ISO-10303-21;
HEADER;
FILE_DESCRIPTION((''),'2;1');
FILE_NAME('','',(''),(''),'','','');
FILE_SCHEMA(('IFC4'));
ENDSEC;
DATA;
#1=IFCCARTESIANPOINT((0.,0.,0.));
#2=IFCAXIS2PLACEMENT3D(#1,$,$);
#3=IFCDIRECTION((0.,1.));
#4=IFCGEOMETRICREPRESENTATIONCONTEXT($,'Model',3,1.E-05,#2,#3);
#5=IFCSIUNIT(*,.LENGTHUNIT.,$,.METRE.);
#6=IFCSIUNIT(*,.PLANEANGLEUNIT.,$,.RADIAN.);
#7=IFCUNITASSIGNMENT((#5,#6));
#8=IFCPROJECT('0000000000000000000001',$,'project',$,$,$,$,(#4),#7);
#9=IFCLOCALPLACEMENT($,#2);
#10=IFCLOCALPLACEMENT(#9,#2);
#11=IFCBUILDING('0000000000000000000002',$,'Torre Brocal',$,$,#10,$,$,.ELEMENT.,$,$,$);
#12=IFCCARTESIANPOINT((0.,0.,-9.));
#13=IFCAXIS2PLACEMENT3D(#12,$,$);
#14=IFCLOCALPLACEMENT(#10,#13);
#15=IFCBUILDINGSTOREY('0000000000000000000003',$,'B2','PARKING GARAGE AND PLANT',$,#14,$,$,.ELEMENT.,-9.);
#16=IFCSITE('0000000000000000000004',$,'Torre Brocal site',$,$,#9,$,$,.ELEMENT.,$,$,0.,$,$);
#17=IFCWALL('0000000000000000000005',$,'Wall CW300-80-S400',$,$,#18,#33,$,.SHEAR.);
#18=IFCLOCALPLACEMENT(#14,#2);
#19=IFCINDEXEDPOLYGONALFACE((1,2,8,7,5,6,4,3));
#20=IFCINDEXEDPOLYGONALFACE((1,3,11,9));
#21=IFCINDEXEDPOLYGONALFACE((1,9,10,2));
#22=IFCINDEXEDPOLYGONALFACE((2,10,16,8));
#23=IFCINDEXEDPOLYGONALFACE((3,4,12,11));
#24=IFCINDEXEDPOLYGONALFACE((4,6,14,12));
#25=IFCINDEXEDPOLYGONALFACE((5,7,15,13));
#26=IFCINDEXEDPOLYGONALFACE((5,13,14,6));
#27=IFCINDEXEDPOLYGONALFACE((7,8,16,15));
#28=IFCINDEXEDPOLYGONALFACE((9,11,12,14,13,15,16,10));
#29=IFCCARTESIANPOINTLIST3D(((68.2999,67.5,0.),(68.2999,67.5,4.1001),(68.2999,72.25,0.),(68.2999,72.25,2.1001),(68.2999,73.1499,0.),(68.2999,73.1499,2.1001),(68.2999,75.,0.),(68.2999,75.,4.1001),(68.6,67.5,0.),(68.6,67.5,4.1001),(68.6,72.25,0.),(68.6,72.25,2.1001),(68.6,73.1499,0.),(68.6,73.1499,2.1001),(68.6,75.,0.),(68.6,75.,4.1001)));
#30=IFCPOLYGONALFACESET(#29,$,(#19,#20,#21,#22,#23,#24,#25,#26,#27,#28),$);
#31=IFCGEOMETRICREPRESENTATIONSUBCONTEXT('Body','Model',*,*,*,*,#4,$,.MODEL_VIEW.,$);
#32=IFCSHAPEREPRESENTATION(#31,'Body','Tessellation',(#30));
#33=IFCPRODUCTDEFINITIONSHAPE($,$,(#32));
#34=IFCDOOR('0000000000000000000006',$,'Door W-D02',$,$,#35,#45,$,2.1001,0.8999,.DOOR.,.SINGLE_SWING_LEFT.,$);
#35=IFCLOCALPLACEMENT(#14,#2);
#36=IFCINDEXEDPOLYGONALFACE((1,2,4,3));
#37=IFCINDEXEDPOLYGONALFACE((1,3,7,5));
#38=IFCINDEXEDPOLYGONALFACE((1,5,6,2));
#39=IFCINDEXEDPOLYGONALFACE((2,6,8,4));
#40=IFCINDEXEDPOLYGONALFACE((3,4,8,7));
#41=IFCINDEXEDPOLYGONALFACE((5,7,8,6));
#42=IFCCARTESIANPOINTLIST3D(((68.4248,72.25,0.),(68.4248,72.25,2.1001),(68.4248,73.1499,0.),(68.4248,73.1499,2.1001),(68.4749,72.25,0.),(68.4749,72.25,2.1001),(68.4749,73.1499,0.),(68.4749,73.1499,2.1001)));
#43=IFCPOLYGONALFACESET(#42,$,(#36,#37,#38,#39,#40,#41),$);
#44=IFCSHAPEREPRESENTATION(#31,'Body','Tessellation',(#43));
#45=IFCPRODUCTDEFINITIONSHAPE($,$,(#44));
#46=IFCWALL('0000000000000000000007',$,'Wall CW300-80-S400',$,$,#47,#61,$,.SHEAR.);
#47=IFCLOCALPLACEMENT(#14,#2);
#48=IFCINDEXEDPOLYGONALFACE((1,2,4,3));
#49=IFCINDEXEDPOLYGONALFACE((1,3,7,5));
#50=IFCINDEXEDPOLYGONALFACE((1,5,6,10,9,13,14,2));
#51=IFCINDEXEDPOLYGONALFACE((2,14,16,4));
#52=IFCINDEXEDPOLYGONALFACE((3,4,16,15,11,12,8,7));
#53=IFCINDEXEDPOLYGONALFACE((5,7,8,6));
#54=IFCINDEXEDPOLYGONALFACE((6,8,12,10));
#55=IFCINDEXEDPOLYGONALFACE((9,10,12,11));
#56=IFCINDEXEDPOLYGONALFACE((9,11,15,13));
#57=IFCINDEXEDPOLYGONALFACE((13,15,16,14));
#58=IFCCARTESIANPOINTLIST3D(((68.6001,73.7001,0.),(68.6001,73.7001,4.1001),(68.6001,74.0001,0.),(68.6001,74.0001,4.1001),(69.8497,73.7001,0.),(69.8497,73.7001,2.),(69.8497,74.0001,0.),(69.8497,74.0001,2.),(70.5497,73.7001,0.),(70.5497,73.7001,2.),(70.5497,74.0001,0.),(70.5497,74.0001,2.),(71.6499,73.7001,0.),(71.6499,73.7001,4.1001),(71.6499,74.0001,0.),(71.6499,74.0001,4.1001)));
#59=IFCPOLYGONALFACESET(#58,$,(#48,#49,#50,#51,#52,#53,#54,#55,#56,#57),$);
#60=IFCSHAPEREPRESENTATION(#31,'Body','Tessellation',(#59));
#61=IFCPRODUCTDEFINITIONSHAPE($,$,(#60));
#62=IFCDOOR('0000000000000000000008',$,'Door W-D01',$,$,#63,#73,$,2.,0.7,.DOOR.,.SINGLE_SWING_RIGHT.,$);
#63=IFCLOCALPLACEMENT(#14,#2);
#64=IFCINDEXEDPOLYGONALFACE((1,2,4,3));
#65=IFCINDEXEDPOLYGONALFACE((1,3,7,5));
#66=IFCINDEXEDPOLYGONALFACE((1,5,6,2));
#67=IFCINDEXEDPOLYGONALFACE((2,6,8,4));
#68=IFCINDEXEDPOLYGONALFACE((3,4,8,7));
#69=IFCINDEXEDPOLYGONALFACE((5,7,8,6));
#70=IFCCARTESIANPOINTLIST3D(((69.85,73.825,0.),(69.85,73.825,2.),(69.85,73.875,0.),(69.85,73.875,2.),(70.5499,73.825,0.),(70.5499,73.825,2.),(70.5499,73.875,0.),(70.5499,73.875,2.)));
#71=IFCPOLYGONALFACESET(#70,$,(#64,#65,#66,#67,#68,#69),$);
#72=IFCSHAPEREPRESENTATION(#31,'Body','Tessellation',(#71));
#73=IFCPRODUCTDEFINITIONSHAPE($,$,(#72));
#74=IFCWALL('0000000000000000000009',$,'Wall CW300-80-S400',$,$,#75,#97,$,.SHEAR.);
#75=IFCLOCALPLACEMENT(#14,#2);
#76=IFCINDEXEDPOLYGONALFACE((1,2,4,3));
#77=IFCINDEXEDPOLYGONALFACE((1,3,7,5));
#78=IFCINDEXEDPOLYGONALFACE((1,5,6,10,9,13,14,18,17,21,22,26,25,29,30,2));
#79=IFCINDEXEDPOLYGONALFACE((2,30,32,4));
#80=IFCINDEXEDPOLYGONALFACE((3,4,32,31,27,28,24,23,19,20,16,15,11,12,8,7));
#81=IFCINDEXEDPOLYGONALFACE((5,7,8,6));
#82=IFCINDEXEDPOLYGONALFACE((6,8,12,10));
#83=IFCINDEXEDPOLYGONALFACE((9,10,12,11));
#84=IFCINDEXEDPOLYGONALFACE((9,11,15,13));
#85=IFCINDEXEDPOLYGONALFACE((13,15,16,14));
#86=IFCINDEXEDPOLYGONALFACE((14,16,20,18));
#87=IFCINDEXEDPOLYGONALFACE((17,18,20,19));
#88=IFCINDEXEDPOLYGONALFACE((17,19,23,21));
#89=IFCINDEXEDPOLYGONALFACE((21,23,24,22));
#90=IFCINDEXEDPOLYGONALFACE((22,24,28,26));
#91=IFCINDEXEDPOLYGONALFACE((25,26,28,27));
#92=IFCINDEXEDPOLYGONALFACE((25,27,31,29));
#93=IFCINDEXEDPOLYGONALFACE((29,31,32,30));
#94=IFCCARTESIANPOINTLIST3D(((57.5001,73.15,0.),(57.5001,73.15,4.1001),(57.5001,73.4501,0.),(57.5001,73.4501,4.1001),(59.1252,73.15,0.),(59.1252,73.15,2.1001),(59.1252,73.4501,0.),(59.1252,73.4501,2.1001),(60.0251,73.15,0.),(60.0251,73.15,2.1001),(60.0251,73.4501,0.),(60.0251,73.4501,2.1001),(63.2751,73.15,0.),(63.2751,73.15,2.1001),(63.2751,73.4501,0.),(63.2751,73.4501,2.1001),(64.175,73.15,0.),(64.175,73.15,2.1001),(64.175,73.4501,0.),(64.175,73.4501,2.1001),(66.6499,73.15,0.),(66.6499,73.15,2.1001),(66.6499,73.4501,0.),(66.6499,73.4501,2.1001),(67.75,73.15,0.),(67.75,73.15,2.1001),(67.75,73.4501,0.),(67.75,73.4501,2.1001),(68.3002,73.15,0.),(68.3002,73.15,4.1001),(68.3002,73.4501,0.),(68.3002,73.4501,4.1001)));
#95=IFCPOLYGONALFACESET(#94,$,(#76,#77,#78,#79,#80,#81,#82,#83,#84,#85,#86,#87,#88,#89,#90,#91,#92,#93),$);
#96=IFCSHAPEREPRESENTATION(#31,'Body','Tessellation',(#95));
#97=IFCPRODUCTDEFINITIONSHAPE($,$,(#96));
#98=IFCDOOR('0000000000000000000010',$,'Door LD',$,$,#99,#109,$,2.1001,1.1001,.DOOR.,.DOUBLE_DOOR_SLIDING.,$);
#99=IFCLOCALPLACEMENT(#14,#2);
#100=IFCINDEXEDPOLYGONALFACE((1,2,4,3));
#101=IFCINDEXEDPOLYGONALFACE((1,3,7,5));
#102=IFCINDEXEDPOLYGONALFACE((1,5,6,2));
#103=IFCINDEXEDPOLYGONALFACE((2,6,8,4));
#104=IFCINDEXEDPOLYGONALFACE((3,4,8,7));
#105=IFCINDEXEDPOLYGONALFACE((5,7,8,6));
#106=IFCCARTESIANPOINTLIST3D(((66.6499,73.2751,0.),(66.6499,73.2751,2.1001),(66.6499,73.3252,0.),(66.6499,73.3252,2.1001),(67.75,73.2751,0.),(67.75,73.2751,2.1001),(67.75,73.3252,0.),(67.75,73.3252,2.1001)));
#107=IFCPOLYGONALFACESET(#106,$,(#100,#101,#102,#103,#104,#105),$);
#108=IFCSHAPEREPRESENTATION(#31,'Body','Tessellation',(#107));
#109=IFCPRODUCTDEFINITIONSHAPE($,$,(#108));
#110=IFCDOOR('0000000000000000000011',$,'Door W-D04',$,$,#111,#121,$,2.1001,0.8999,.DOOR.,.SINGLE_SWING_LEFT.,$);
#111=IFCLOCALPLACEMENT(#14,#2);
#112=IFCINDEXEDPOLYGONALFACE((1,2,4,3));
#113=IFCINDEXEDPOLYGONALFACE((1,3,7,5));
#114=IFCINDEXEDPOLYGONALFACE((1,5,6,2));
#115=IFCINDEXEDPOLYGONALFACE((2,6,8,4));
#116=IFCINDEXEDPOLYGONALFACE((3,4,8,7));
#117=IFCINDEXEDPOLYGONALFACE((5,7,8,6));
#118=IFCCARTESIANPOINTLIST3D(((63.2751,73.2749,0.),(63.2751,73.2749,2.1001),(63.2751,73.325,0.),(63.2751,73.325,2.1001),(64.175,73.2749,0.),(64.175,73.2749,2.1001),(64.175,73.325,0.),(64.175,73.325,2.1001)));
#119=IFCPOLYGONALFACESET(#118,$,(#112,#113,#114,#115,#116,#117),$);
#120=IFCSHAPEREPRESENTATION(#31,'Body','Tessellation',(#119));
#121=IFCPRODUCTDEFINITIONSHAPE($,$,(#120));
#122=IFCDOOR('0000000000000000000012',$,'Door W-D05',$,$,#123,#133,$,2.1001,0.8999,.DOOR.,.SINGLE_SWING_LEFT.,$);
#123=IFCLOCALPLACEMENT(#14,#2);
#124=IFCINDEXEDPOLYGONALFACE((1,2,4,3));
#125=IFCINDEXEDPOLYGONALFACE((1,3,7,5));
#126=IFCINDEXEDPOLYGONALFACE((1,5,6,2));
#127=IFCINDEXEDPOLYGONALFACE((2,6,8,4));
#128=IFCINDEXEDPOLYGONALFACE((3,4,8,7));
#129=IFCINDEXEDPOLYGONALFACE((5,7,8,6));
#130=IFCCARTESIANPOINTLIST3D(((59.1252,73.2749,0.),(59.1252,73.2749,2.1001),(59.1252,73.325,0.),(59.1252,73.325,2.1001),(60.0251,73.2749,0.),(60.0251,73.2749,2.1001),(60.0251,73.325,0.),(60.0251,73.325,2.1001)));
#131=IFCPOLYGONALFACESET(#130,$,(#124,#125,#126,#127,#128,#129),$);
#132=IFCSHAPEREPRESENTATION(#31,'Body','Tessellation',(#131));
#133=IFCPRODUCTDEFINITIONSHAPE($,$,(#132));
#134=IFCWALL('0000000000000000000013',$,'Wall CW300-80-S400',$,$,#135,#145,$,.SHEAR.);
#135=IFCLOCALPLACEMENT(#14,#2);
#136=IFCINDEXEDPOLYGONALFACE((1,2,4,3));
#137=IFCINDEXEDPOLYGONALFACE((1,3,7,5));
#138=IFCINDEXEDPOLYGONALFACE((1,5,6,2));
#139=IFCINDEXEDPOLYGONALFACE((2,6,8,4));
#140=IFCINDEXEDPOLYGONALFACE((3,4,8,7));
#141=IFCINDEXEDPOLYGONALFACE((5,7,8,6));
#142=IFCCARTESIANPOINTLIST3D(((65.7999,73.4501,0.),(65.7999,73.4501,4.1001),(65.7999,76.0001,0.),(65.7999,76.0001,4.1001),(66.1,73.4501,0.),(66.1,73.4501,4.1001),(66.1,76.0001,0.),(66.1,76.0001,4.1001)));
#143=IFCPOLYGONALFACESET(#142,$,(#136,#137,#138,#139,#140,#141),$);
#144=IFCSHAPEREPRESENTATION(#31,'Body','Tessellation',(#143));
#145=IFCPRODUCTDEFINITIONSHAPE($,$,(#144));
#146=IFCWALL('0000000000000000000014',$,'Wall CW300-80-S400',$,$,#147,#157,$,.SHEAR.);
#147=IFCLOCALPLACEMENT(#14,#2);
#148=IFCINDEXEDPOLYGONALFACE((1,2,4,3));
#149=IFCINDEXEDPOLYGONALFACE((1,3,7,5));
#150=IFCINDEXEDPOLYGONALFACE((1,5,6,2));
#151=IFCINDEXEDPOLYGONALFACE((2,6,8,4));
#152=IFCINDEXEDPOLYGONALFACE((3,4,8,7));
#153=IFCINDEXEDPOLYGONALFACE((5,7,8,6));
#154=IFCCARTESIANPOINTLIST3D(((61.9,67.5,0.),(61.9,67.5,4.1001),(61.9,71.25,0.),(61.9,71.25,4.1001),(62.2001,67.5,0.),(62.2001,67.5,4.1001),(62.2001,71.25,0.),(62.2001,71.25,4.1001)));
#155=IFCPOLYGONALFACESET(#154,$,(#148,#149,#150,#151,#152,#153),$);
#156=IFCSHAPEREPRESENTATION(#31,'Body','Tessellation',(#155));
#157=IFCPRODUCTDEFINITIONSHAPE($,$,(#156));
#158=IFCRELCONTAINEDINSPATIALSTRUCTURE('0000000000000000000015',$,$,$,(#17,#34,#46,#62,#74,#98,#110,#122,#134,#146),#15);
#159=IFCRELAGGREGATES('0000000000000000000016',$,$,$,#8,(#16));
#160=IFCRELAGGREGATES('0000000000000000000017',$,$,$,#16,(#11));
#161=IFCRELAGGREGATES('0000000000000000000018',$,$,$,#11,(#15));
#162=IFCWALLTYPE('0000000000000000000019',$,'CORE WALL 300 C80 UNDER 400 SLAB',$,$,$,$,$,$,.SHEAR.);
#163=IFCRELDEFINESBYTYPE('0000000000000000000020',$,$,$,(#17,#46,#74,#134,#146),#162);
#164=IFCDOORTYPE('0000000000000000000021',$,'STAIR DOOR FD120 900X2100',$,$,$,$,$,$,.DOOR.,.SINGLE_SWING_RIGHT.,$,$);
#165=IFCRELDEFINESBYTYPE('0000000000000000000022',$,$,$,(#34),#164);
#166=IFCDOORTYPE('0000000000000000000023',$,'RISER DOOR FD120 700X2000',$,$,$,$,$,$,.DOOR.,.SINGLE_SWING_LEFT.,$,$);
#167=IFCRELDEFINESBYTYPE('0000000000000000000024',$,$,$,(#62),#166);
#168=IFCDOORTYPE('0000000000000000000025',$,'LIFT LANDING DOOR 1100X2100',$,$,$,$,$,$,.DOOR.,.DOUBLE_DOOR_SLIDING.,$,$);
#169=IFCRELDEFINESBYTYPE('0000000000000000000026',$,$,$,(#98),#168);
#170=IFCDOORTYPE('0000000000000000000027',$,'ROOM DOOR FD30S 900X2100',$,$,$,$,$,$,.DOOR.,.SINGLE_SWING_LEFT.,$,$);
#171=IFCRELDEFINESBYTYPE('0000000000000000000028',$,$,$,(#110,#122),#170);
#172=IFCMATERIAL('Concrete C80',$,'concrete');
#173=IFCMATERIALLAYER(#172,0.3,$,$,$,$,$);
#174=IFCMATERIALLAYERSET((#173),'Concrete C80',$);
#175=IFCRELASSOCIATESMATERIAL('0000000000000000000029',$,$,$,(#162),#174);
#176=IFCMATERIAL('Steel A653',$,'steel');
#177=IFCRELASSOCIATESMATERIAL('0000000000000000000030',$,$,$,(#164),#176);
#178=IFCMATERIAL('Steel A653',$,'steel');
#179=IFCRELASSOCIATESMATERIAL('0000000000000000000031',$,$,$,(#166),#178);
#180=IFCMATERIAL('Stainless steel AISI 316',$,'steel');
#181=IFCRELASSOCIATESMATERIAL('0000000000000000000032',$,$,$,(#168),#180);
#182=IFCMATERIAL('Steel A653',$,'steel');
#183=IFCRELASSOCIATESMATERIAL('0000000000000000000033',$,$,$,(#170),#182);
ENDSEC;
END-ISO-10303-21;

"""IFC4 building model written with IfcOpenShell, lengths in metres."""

from ifc_helpers import new_model, si_unit, direction, frame, frame_2d, origin, place, context, subcontext, project, spatial, rectangle, extrude, material, layer, layer_set, type_object, element, fill, save


model = new_model("IFC4")

# Units and contexts
model_context = context("Model", 3, precision=1e-05, world=origin(), true_north=direction((0.0, 1.0)))
body_context = subcontext(model_context, "Body", "Model", "MODEL_VIEW")
ifc_project = project(units=[si_unit("LENGTHUNIT", "METRE"), si_unit("PLANEANGLEUNIT", "RADIAN")], contexts=[model_context])

# Site, building, storey
site_placement = place(None, origin())
site = spatial("IfcSite", under=ifc_project, at=site_placement, Name="Torre Brocal site", CompositionType="ELEMENT", RefElevation=0.0)
building_placement = place(site_placement, origin())
building = spatial("IfcBuilding", under=site, at=building_placement, Name="Torre Brocal", CompositionType="ELEMENT")
storey_placement = place(building_placement, frame((0.0, 0.0, -9.0)))
storey = spatial("IfcBuildingStorey", under=building, at=storey_placement, Name="B2", Description="PARKING GARAGE AND PLANT", CompositionType="ELEMENT", Elevation=-9.0)

# Walls, openings, doors
ifc_material_1 = material(Name="Concrete C80", Category="concrete")
ifc_layer_1 = layer(ifc_material_1, 0.3)
ifc_layer_set_1 = layer_set([ifc_layer_1], Name="Concrete C80")
wall_type_1 = type_object("IfcWallType", Name="CORE WALL 300 C80 UNDER 400 SLAB", PredefinedType="SHEAR", material=ifc_layer_set_1)
wall_1_placement = place(storey_placement, frame((68.45, 75.0, 0.0), z_axis=(0.0, 0.0, 1.0), x_axis=(0.0, -1.0, 0.0)))
wall_1 = element("IfcWall", 1, at=wall_1_placement, inside=storey, type_object=wall_type_1, Name="Wall CW300-80-S400", PredefinedType="SHEAR", context=body_context, shape_type="SweptSolid", body=[
    extrude(rectangle(XDim=7.5, YDim=0.3, at=frame_2d((3.75, 0.0))), origin(), (0.0, 0.0, 1.0), 4.1001),
])
opening_1_placement = place(wall_1_placement, frame((1.8501, 0.0, 0.0)))
opening_1 = element("IfcOpeningElement", 2, at=opening_1_placement, cuts=wall_1, PredefinedType="OPENING", context=body_context, shape_type="SweptSolid", body=[
    extrude(rectangle(XDim=0.8999, YDim=2.1001, at=frame_2d((0.45, 1.05))), frame((0.0, 0.1599, 0.0), z_axis=(0.0, -1.0, 0.0), x_axis=(1.0, 0.0, 0.0)), (0.0, 0.0, 1.0), 0.3201),
])
ifc_material_2 = material(Name="Steel A653", Category="steel")
door_type_1 = type_object("IfcDoorType", Name="STAIR DOOR FD120 900X2100", OperationType="SINGLE_SWING_RIGHT", PredefinedType="DOOR", material=ifc_material_2)
door_1_placement = place(opening_1_placement, origin())
door_1 = element("IfcDoor", 3, at=door_1_placement, inside=storey, type_object=door_type_1, Name="Door W-D02", OperationType="SINGLE_SWING_LEFT", OverallHeight=2.1001, OverallWidth=0.8999, PredefinedType="DOOR", context=body_context, shape_type="SweptSolid", body=[
    extrude(rectangle(XDim=0.8999, YDim=2.1001, at=frame_2d((0.45, 1.05))), frame((0.0, 0.0249, 0.0), z_axis=(0.0, -1.0, 0.0), x_axis=(1.0, 0.0, 0.0)), (0.0, 0.0, 1.0), 0.05),
])
fill(opening_1, door_1)
wall_2_placement = place(storey_placement, frame((71.6499, 73.8501, 0.0), z_axis=(0.0, 0.0, 1.0), x_axis=(-1.0, 0.0, 0.0)))
wall_2 = element("IfcWall", 4, at=wall_2_placement, inside=storey, type_object=wall_type_1, Name="Wall CW300-80-S400", PredefinedType="SHEAR", context=body_context, shape_type="SweptSolid", body=[
    extrude(rectangle(XDim=3.0498, YDim=0.3, at=frame_2d((1.5249, 0.0))), origin(), (0.0, 0.0, 1.0), 4.1001),
])
opening_2_placement = place(wall_2_placement, frame((1.1001, 0.0, 0.0)))
opening_2 = element("IfcOpeningElement", 5, at=opening_2_placement, cuts=wall_2, PredefinedType="OPENING", context=body_context, shape_type="SweptSolid", body=[
    extrude(rectangle(XDim=0.7, YDim=2.0, at=frame_2d((0.3501, 1.0))), frame((0.0, 0.1599, 0.0), z_axis=(0.0, -1.0, 0.0), x_axis=(1.0, 0.0, 0.0)), (0.0, 0.0, 1.0), 0.3201),
])
ifc_material_3 = material(Name="Steel A653", Category="steel")
door_type_2 = type_object("IfcDoorType", Name="RISER DOOR FD120 700X2000", OperationType="SINGLE_SWING_LEFT", PredefinedType="DOOR", material=ifc_material_3)
door_2_placement = place(opening_2_placement, frame((0.7, 0.0, 0.0), z_axis=(0.0, 0.0, 1.0), x_axis=(-1.0, 0.0, 0.0)))
door_2 = element("IfcDoor", 6, at=door_2_placement, inside=storey, type_object=door_type_2, Name="Door W-D01", OperationType="SINGLE_SWING_RIGHT", OverallHeight=2.0, OverallWidth=0.7, PredefinedType="DOOR", context=body_context, shape_type="SweptSolid", body=[
    extrude(rectangle(XDim=0.7, YDim=2.0, at=frame_2d((0.3501, 1.0))), frame((0.0, 0.0249, 0.0), z_axis=(0.0, -1.0, 0.0), x_axis=(1.0, 0.0, 0.0)), (0.0, 0.0, 1.0), 0.05),
])
fill(opening_2, door_2)

# Wall, openings, doors
wall_3_placement = place(storey_placement, frame((68.3, 73.3, 0.0), z_axis=(0.0, 0.0, 1.0), x_axis=(-1.0, 0.0, 0.0)))
wall_3 = element("IfcWall", 7, at=wall_3_placement, inside=storey, type_object=wall_type_1, Name="Wall CW300-80-S400", PredefinedType="SHEAR", context=body_context, shape_type="SweptSolid", body=[
    extrude(rectangle(XDim=10.8, YDim=0.3, at=frame_2d((5.3999, 0.0))), origin(), (0.0, 0.0, 1.0), 4.1001),
])
opening_3_placement = place(wall_3_placement, frame((0.55, 0.0, 0.0)))
opening_3 = element("IfcOpeningElement", 8, at=opening_3_placement, cuts=wall_3, PredefinedType="OPENING", context=body_context, shape_type="SweptSolid", body=[
    extrude(rectangle(XDim=1.1001, YDim=2.1001, at=frame_2d((0.55, 1.05))), frame((0.0, 0.1599, 0.0), z_axis=(0.0, -1.0, 0.0), x_axis=(1.0, 0.0, 0.0)), (0.0, 0.0, 1.0), 0.3201),
])
opening_4_placement = place(wall_3_placement, frame((4.125, 0.0, 0.0)))
opening_4 = element("IfcOpeningElement", 9, at=opening_4_placement, cuts=wall_3, PredefinedType="OPENING", context=body_context, shape_type="SweptSolid", body=[
    extrude(rectangle(XDim=0.8999, YDim=2.1001, at=frame_2d((0.45, 1.05))), frame((0.0, 0.1599, 0.0), z_axis=(0.0, -1.0, 0.0), x_axis=(1.0, 0.0, 0.0)), (0.0, 0.0, 1.0), 0.3201),
])
opening_5_placement = place(wall_3_placement, frame((8.2749, 0.0, 0.0)))
opening_5 = element("IfcOpeningElement", 10, at=opening_5_placement, cuts=wall_3, PredefinedType="OPENING", context=body_context, shape_type="SweptSolid", body=[
    extrude(rectangle(XDim=0.8999, YDim=2.1001, at=frame_2d((0.45, 1.05))), frame((0.0, 0.1599, 0.0), z_axis=(0.0, -1.0, 0.0), x_axis=(1.0, 0.0, 0.0)), (0.0, 0.0, 1.0), 0.3201),
])
ifc_material_4 = material(Name="Stainless steel AISI 316", Category="steel")
door_type_3 = type_object("IfcDoorType", Name="LIFT LANDING DOOR 1100X2100", OperationType="DOUBLE_DOOR_SLIDING", PredefinedType="DOOR", material=ifc_material_4)
door_3_placement = place(opening_3_placement, origin())
door_3 = element("IfcDoor", 11, at=door_3_placement, inside=storey, type_object=door_type_3, Name="Door LD", OperationType="DOUBLE_DOOR_SLIDING", OverallHeight=2.1001, OverallWidth=1.1001, PredefinedType="DOOR", context=body_context, shape_type="SweptSolid", body=[
    extrude(rectangle(XDim=1.1001, YDim=2.1001, at=frame_2d((0.55, 1.05))), frame((0.0, 0.0249, 0.0), z_axis=(0.0, -1.0, 0.0), x_axis=(1.0, 0.0, 0.0)), (0.0, 0.0, 1.0), 0.05),
])
fill(opening_3, door_3)
ifc_material_5 = material(Name="Steel A653", Category="steel")
door_type_4 = type_object("IfcDoorType", Name="ROOM DOOR FD30S 900X2100", OperationType="SINGLE_SWING_LEFT", PredefinedType="DOOR", material=ifc_material_5)
door_4_placement = place(opening_4_placement, frame((0.8999, 0.0, 0.0), z_axis=(0.0, 0.0, 1.0), x_axis=(-1.0, 0.0, 0.0)))
door_4 = element("IfcDoor", 12, at=door_4_placement, inside=storey, type_object=door_type_4, Name="Door W-D04", OperationType="SINGLE_SWING_LEFT", OverallHeight=2.1001, OverallWidth=0.8999, PredefinedType="DOOR", context=body_context, shape_type="SweptSolid", body=[
    extrude(rectangle(XDim=0.8999, YDim=2.1001, at=frame_2d((0.45, 1.05))), frame((0.0, 0.0249, 0.0), z_axis=(0.0, -1.0, 0.0), x_axis=(1.0, 0.0, 0.0)), (0.0, 0.0, 1.0), 0.05),
])
fill(opening_4, door_4)
door_5_placement = place(opening_5_placement, frame((0.8999, 0.0, 0.0), z_axis=(0.0, 0.0, 1.0), x_axis=(-1.0, 0.0, 0.0)))
door_5 = element("IfcDoor", 13, at=door_5_placement, inside=storey, type_object=door_type_4, Name="Door W-D05", OperationType="SINGLE_SWING_LEFT", OverallHeight=2.1001, OverallWidth=0.8999, PredefinedType="DOOR", context=body_context, shape_type="SweptSolid", body=[
    extrude(rectangle(XDim=0.8999, YDim=2.1001, at=frame_2d((0.45, 1.05))), frame((0.0, 0.0249, 0.0), z_axis=(0.0, -1.0, 0.0), x_axis=(1.0, 0.0, 0.0)), (0.0, 0.0, 1.0), 0.05),
])
fill(opening_5, door_5)

# Walls
wall_4_placement = place(storey_placement, frame((65.95, 76.0, 0.0), z_axis=(0.0, 0.0, 1.0), x_axis=(0.0, -1.0, 0.0)))
element("IfcWall", 14, at=wall_4_placement, inside=storey, type_object=wall_type_1, Name="Wall CW300-80-S400", PredefinedType="SHEAR", context=body_context, shape_type="SweptSolid", body=[
    extrude(rectangle(XDim=2.55, YDim=0.3, at=frame_2d((1.2749, 0.0))), origin(), (0.0, 0.0, 1.0), 4.1001),
])
wall_5_placement = place(storey_placement, frame((62.05, 71.25, 0.0), z_axis=(0.0, 0.0, 1.0), x_axis=(0.0, -1.0, 0.0)))
element("IfcWall", 15, at=wall_5_placement, inside=storey, type_object=wall_type_1, Name="Wall CW300-80-S400", PredefinedType="SHEAR", context=body_context, shape_type="SweptSolid", body=[
    extrude(rectangle(XDim=3.75, YDim=0.3, at=frame_2d((1.875, 0.0))), origin(), (0.0, 0.0, 1.0), 4.1001),
])

save(model, "model.ifc")
